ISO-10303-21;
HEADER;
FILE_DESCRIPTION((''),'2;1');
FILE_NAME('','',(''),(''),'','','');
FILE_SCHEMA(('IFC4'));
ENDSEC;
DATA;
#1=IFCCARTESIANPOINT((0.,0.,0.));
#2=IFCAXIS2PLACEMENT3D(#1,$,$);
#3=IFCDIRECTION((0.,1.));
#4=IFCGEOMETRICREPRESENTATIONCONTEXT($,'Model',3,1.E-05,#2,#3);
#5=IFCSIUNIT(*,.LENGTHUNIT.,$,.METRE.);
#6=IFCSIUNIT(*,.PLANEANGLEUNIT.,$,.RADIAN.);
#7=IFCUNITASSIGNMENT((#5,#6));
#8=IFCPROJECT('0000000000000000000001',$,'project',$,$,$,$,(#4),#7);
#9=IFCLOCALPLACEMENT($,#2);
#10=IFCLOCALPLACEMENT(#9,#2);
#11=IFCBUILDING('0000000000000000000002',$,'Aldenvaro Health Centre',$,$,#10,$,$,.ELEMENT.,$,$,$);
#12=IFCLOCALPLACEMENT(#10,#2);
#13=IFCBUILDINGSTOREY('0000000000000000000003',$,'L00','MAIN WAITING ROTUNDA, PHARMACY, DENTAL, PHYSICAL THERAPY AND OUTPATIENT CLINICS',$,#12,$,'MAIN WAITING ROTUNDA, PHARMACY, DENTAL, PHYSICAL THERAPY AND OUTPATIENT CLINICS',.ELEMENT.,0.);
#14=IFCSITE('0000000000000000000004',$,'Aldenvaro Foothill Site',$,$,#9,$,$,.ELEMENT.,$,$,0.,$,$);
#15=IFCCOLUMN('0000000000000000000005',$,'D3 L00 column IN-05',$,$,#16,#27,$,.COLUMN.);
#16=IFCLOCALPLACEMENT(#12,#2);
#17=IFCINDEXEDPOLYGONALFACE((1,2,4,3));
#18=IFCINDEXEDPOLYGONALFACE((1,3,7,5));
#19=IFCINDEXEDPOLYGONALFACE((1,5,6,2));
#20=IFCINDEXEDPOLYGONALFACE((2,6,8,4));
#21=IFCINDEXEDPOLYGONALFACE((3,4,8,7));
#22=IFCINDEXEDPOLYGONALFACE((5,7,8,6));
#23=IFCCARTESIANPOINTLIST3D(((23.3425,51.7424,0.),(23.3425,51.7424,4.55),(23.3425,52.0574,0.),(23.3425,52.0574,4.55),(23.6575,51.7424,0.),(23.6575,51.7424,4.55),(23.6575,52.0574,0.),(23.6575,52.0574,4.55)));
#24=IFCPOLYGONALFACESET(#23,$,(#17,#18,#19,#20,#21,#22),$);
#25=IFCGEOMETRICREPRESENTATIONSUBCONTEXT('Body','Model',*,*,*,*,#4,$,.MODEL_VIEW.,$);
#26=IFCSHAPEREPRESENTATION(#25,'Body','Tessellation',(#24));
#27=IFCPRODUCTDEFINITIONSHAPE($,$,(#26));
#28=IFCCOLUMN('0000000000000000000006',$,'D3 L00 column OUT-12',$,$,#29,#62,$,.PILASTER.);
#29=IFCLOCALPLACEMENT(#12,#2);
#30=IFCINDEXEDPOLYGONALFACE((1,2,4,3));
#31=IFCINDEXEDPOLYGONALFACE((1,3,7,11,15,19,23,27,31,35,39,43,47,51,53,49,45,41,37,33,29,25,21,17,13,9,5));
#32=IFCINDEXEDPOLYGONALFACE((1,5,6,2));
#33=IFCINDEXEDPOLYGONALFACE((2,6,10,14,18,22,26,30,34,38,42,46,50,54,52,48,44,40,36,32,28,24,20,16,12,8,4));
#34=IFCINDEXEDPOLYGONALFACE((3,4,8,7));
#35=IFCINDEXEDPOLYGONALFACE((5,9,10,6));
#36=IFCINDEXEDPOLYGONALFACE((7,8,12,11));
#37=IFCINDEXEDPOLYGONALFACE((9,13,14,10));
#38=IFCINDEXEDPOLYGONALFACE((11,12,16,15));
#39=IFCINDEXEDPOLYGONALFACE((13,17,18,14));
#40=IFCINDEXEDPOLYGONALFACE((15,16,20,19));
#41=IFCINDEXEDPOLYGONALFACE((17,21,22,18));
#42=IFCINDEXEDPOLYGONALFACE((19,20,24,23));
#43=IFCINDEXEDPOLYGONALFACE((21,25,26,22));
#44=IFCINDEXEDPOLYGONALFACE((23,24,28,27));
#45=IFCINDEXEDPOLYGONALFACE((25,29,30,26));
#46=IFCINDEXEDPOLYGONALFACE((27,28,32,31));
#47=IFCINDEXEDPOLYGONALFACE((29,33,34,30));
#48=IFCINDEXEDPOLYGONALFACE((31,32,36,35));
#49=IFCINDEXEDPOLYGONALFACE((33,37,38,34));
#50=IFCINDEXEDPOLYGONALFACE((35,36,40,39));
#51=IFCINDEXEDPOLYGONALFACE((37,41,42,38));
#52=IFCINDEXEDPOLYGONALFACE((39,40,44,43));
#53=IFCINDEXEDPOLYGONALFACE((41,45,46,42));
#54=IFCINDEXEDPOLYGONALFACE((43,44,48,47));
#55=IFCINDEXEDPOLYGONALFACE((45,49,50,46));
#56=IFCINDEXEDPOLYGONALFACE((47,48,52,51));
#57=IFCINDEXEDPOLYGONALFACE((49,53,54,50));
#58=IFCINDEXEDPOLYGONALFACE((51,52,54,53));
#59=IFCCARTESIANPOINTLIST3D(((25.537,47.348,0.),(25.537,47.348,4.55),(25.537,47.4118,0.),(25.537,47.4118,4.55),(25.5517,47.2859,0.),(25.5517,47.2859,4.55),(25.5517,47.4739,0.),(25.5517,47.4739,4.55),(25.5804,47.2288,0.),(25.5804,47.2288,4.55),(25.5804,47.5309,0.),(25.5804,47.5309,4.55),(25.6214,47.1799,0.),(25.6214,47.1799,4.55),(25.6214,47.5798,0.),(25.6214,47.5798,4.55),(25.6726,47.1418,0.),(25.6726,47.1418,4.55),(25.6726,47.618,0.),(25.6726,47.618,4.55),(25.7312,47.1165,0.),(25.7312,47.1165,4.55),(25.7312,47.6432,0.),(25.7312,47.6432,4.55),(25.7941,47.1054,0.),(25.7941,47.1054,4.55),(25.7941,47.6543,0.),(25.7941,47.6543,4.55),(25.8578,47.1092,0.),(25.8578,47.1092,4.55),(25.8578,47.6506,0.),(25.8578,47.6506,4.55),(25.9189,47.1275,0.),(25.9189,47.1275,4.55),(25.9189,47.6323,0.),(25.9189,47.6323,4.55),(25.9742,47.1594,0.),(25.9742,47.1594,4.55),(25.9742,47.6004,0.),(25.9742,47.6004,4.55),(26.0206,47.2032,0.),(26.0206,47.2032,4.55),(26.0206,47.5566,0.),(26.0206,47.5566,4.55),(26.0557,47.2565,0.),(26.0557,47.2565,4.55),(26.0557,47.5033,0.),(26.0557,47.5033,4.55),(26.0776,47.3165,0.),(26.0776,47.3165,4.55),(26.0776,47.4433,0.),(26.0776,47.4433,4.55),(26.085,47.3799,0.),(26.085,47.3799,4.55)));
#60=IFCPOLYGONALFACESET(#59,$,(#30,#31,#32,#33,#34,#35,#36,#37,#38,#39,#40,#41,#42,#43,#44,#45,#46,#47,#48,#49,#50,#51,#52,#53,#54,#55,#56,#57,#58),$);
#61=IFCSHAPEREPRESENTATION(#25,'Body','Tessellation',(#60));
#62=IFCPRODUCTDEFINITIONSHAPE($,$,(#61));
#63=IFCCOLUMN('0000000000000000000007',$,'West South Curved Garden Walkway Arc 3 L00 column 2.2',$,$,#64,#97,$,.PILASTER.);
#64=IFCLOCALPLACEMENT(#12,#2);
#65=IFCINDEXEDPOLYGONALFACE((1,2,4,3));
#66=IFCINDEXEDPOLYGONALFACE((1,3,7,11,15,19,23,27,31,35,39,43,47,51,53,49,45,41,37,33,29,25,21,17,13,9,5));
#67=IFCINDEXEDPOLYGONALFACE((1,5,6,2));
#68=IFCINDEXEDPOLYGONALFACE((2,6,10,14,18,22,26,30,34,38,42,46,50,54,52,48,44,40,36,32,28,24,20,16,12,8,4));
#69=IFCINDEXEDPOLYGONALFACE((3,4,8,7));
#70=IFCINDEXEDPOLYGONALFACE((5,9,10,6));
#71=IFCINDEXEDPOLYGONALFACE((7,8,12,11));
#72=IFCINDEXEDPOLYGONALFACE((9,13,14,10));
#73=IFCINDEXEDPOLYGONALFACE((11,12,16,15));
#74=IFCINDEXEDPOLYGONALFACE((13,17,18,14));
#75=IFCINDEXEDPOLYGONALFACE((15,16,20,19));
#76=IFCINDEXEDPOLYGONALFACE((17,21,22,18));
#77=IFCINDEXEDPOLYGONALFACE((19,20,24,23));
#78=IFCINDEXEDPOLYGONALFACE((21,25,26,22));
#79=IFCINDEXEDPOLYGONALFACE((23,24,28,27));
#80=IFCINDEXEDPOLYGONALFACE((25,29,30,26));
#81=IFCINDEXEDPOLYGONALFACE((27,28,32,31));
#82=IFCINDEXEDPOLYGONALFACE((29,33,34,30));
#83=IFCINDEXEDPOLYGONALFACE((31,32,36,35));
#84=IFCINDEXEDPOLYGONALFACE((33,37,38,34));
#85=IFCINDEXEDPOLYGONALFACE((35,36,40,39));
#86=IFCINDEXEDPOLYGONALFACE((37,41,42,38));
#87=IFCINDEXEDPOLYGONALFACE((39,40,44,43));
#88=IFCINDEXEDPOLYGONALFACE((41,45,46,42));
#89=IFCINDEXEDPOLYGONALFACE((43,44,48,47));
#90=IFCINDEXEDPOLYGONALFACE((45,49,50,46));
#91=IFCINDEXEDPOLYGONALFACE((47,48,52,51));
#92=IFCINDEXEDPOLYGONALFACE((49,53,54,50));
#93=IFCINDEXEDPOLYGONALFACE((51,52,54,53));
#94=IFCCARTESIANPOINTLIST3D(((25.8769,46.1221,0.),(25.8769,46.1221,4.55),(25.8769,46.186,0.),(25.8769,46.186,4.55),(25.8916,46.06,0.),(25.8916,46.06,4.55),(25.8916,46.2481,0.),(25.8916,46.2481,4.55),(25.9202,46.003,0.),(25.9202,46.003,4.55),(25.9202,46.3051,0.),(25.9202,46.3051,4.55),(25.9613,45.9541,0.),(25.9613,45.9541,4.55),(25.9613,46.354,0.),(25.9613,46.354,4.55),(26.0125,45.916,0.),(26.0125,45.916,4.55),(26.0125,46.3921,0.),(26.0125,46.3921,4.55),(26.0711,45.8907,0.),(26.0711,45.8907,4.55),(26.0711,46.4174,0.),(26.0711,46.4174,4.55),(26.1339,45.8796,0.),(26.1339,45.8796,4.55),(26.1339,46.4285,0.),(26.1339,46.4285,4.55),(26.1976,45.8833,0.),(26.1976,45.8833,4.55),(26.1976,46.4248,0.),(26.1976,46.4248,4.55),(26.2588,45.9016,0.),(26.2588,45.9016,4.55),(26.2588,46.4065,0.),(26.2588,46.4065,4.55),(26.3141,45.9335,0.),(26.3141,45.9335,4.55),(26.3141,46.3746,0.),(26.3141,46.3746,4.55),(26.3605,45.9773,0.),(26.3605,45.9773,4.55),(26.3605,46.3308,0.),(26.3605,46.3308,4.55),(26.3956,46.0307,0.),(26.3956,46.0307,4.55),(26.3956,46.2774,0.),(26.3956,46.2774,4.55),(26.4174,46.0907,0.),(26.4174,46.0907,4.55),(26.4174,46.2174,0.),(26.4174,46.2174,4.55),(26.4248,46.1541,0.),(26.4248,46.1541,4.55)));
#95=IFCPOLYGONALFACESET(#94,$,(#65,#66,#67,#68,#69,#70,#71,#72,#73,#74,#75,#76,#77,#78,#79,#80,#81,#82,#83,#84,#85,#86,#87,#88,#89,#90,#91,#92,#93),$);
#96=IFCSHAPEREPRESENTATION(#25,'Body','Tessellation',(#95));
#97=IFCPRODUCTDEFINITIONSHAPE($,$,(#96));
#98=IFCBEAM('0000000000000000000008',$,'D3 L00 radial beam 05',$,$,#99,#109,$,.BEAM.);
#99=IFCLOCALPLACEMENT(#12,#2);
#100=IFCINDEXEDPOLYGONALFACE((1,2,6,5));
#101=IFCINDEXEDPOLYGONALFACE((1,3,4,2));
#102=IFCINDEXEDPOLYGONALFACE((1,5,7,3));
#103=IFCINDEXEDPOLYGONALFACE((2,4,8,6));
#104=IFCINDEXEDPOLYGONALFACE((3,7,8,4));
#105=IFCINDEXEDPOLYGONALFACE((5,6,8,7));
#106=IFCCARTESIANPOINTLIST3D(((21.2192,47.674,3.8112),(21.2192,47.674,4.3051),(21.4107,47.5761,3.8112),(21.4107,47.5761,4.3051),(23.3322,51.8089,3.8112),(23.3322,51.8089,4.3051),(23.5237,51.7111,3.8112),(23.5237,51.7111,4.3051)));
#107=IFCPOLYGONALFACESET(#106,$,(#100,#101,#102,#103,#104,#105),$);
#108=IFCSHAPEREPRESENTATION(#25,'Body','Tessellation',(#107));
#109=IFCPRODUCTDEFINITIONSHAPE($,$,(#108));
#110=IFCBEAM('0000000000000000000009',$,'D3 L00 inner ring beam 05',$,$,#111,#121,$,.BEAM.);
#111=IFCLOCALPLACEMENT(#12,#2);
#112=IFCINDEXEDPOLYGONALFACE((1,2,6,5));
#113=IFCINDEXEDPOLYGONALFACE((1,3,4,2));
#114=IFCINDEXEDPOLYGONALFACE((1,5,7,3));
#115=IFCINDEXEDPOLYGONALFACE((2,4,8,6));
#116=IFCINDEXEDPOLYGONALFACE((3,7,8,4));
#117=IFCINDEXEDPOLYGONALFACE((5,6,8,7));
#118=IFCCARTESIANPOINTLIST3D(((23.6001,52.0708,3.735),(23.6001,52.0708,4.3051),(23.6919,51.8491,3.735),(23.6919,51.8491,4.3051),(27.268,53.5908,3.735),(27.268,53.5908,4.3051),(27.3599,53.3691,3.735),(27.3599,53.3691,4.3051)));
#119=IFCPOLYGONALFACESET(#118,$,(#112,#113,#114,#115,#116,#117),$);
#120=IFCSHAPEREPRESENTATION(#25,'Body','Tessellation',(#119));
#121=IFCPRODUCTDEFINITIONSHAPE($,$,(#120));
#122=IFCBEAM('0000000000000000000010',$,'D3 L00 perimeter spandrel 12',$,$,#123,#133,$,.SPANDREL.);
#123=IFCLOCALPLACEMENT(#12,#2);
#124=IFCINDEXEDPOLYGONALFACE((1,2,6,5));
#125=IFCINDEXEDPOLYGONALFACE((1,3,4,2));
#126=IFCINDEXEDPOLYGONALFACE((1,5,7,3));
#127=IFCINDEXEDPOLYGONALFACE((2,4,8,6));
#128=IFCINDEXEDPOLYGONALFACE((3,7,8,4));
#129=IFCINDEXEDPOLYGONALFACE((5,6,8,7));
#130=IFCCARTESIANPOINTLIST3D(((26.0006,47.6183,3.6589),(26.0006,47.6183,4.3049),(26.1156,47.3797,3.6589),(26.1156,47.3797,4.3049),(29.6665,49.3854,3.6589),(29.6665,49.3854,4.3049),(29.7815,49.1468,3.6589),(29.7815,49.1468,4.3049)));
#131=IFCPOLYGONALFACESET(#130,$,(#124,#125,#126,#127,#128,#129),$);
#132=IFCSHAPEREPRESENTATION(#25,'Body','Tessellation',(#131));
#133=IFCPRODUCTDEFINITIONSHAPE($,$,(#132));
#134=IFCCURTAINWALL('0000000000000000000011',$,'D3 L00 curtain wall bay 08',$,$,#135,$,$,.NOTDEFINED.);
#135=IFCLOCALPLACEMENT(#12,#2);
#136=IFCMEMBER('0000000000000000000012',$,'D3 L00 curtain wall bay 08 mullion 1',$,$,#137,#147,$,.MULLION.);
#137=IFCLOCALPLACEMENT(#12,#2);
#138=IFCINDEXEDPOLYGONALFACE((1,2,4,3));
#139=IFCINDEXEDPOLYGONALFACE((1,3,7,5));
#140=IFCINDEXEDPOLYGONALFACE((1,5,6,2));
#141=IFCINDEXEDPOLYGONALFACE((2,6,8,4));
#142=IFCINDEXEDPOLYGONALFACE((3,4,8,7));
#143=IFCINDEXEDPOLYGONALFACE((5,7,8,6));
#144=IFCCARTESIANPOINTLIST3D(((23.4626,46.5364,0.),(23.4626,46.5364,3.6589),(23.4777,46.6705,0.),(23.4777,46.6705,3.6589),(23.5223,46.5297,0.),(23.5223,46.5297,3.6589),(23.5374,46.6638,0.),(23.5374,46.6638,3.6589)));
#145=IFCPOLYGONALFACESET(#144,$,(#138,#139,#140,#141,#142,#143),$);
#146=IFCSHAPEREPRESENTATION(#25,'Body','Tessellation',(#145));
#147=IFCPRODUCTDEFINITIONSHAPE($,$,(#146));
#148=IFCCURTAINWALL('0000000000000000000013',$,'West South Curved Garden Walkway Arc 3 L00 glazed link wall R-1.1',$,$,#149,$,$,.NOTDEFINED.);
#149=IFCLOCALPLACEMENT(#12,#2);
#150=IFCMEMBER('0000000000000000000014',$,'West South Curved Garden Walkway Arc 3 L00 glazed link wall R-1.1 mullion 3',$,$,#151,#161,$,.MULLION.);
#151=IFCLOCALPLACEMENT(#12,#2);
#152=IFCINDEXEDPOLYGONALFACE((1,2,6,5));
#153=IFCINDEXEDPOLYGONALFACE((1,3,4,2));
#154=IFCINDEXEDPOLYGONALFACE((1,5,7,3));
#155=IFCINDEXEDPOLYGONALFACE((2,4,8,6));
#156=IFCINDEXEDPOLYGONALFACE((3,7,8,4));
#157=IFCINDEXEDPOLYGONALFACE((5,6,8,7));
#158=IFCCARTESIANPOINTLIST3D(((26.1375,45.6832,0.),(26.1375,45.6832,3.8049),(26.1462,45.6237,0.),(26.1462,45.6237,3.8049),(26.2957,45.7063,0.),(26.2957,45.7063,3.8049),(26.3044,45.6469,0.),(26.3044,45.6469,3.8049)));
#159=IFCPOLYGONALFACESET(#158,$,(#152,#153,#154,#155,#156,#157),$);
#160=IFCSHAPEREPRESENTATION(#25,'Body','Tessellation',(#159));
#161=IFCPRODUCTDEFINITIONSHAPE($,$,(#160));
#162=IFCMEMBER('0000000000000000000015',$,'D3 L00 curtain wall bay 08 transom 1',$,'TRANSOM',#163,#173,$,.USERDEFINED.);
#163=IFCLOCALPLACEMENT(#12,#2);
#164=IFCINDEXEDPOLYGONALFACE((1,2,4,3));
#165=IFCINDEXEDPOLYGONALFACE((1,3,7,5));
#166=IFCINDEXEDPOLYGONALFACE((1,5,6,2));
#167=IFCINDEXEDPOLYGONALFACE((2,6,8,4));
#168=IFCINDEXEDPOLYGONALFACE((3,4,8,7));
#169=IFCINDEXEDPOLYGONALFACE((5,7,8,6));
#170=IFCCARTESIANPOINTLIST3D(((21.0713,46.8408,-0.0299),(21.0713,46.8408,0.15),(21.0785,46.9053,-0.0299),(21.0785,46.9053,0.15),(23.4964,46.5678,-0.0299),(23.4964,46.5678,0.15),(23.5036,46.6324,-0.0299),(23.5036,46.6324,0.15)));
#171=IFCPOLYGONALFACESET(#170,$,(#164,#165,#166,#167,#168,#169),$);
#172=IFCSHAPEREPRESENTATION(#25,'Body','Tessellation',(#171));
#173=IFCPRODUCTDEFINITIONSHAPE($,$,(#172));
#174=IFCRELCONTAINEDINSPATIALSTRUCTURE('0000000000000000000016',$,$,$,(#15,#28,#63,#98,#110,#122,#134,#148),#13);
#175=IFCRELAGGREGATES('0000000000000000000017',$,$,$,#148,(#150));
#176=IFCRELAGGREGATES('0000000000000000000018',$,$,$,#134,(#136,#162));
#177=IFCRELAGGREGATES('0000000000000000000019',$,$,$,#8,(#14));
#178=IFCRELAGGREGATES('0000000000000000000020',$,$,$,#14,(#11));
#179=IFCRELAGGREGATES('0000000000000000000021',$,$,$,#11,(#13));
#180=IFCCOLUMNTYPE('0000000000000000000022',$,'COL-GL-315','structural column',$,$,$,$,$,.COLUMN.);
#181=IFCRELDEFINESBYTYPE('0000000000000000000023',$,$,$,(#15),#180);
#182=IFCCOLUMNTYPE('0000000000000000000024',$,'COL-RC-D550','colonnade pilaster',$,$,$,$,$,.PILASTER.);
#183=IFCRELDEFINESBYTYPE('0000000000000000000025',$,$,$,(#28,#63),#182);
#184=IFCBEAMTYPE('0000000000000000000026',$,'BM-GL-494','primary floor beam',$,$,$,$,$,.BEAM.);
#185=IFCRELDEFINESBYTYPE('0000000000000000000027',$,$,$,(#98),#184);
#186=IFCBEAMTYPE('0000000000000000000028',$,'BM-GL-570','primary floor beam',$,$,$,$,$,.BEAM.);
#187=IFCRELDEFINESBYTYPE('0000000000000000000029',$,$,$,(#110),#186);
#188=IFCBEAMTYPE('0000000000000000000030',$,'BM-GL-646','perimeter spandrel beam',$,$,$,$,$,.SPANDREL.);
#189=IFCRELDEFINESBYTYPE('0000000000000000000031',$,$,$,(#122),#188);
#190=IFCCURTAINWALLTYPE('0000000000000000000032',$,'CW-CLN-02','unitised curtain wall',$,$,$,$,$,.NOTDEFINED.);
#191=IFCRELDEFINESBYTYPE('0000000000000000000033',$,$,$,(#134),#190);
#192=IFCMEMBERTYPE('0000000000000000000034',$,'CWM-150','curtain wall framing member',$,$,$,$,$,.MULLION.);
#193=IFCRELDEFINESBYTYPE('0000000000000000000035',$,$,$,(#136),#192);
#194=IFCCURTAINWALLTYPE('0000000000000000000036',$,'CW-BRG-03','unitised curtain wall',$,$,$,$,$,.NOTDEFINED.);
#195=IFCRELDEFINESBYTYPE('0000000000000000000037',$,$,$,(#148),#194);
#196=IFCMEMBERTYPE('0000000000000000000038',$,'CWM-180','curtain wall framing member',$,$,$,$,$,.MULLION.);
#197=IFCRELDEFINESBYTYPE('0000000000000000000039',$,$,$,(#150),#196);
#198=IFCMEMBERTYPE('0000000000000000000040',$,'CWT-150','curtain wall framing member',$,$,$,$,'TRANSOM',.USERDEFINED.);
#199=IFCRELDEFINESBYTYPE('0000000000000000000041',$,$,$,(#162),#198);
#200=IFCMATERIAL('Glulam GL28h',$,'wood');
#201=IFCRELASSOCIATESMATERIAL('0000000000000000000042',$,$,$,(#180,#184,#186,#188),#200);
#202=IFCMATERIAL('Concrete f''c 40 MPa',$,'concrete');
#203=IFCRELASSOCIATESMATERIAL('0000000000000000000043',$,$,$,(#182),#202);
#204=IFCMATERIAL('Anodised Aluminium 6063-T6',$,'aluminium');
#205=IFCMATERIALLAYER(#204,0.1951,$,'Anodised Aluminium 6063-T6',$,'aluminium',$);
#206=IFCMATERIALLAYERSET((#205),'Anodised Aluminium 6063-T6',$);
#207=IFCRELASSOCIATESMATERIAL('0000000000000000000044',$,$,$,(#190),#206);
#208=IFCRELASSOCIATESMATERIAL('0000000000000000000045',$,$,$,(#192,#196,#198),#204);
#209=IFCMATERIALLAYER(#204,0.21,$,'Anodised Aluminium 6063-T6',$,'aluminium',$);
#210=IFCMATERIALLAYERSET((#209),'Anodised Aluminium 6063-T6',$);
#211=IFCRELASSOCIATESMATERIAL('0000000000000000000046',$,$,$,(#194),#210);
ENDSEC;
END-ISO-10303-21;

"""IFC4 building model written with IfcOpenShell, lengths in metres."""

from ifc_helpers import new_model, si_unit, direction, frame, origin, origin_2d, place, context, subcontext, project, spatial, rectangle, circle, extrude, material, layer, layer_set, material_profile, profile_set, type_object, element, aggregate, save


model = new_model("IFC4")

# Units and contexts
model_context = context("Model", 3, precision=1e-05, world=origin(), true_north=direction((0.0, 1.0)))
body_context = subcontext(model_context, "Body", "Model", "MODEL_VIEW")
ifc_project = project(units=[si_unit("LENGTHUNIT", "METRE"), si_unit("PLANEANGLEUNIT", "RADIAN")], contexts=[model_context])

# Site, building, storey
site_placement = place(None, origin())
site = spatial("IfcSite", under=ifc_project, at=site_placement, Name="Aldenvaro Foothill Site", CompositionType="ELEMENT", RefElevation=0.0)
building_placement = place(site_placement, origin())
building = spatial("IfcBuilding", under=site, at=building_placement, Name="Aldenvaro Health Centre", CompositionType="ELEMENT")
storey_placement = place(building_placement, origin())
storey = spatial("IfcBuildingStorey", under=building, at=storey_placement, Name="L00", Description="MAIN WAITING ROTUNDA, PHARMACY, DENTAL, PHYSICAL THERAPY AND OUTPATIENT CLINICS", LongName="MAIN WAITING ROTUNDA, PHARMACY, DENTAL, PHYSICAL THERAPY AND OUTPATIENT CLINICS", CompositionType="ELEMENT", Elevation=0.0)

# Columns
ifc_material_1 = material(Name="Glulam GL28h", Category="wood")
ifc_material_profile_1 = material_profile(ifc_material_1, rectangle(XDim=0.3149, YDim=0.3149, at=origin_2d()), Name="GL 315x315", Category="wood")
ifc_profile_set_1 = profile_set([ifc_material_profile_1], Name="Glulam GL28h")
column_type_1 = type_object("IfcColumnType", Name="COL-GL-315", Description="structural column", PredefinedType="COLUMN", material=ifc_profile_set_1)
column_placement = place(storey_placement, frame((23.5, 51.8999, 0.0), z_axis=(0.0, 0.0, 1.0), x_axis=(1.0, 0.0, 0.0)))
element("IfcColumn", 1, at=column_placement, inside=storey, type_object=column_type_1, Name="D3 L00 column IN-05", PredefinedType="COLUMN", context=body_context, shape_type="SweptSolid", body=[
    extrude(rectangle(XDim=0.3149, YDim=0.3149, at=origin_2d()), origin(), (0.0, 0.0, 1.0), 4.55),
])
ifc_material_2 = material(Name="Concrete f'c 40 MPa", Category="concrete")
ifc_material_profile_2 = material_profile(ifc_material_2, circle(Radius=0.2749, at=origin_2d()), Name="RC D550", Category="concrete")
ifc_profile_set_2 = profile_set([ifc_material_profile_2], Name="Concrete f'c 40 MPa")
column_type_2 = type_object("IfcColumnType", Name="COL-RC-D550", Description="colonnade pilaster", PredefinedType="PILASTER", material=ifc_profile_set_2)
for number, where, z_axis, x_axis, name in (
    (2, (25.8101, 47.3799, 0.0), (0.0, 0.0, 1.0), (1.0, 0.0, 0.0), "D3 L00 column OUT-12"),
    (3, (26.1499, 46.1541, 0.0), (0.0, 0.0, 1.0), (1.0, 0.0, 0.0), "West South Curved Garden Walkway Arc 3 L00 column 2.2"),
):
    element("IfcColumn", number, at=place(storey_placement, frame(where, z_axis=z_axis, x_axis=x_axis)), inside=storey, type_object=column_type_2, Name=name, PredefinedType="PILASTER", context=body_context, shape_type="SweptSolid", body=[
        extrude(circle(Radius=0.2749, at=origin_2d()), origin(), (0.0, 0.0, 1.0), 4.55),
    ])

# Beams
ifc_material_profile_3 = material_profile(ifc_material_1, rectangle(XDim=0.2151, YDim=0.4939, at=origin_2d()), Name="GL 215x494", Category="wood")
ifc_profile_set_3 = profile_set([ifc_material_profile_3], Name="Glulam GL28h")
beam_type_1 = type_object("IfcBeamType", Name="BM-GL-494", Description="primary floor beam", PredefinedType="BEAM", material=ifc_profile_set_3)
beam_1_placement = place(storey_placement, frame((23.428, 51.76, 4.0581), z_axis=(-0.455041, -0.890471, 0.0), x_axis=(0.890471, -0.455041, 0.0)))
element("IfcBeam", 4, at=beam_1_placement, inside=storey, type_object=beam_type_1, Name="D3 L00 radial beam 05", PredefinedType="BEAM", context=body_context, shape_type="SweptSolid", body=[
    extrude(rectangle(XDim=0.2151, YDim=0.4939, at=origin_2d()), origin(), (0.0, 0.0, 1.0), 4.6436),
])
ifc_material_profile_4 = material_profile(ifc_material_1, rectangle(XDim=0.24, YDim=0.5701, at=origin_2d()), Name="GL 240x570", Category="wood")
ifc_profile_set_4 = profile_set([ifc_material_profile_4], Name="Glulam GL28h")
beam_type_2 = type_object("IfcBeamType", Name="BM-GL-570", Description="primary floor beam", PredefinedType="BEAM", material=ifc_profile_set_4)
beam_2_placement = place(storey_placement, frame((23.646, 51.96, 4.02), z_axis=(0.923817, 0.382833, 0.0), x_axis=(-0.382833, 0.923817, 0.0)))
element("IfcBeam", 5, at=beam_2_placement, inside=storey, type_object=beam_type_2, Name="D3 L00 inner ring beam 05", PredefinedType="BEAM", context=body_context, shape_type="SweptSolid", body=[
    extrude(rectangle(XDim=0.24, YDim=0.5701, at=origin_2d()), origin(), (0.0, 0.0, 1.0), 3.9705),
])
ifc_material_profile_5 = material_profile(ifc_material_1, rectangle(XDim=0.2649, YDim=0.646, at=origin_2d()), Name="GL 265x646", Category="wood")
ifc_profile_set_5 = profile_set([ifc_material_profile_5], Name="Glulam GL28h")
beam_type_3 = type_object("IfcBeamType", Name="BM-GL-646", Description="perimeter spandrel beam", PredefinedType="SPANDREL", material=ifc_profile_set_5)
beam_3_placement = place(storey_placement, frame((26.0581, 47.499, 3.9819), z_axis=(0.900812, 0.434209, 0.0), x_axis=(-0.434209, 0.900812, 0.0)))
element("IfcBeam", 6, at=beam_3_placement, inside=storey, type_object=beam_type_3, Name="D3 L00 perimeter spandrel 12", PredefinedType="SPANDREL", context=body_context, shape_type="SweptSolid", body=[
    extrude(rectangle(XDim=0.2649, YDim=0.646, at=origin_2d()), origin(), (0.0, 0.0, 1.0), 4.0696),
])

# Curtain walls, members
ifc_material_3 = material(Name="Anodised Aluminium 6063-T6", Category="aluminium")
ifc_layer_1 = layer(ifc_material_3, 0.1951, Name="Anodised Aluminium 6063-T6", Category="aluminium")
ifc_layer_set_1 = layer_set([ifc_layer_1], Name="Anodised Aluminium 6063-T6")
curtain_wall_type_1 = type_object("IfcCurtainWallType", Name="CW-CLN-02", Description="unitised curtain wall", PredefinedType="NOTDEFINED", material=ifc_layer_set_1)
curtain_wall_1_placement = place(storey_placement, origin())
curtain_wall_1 = element("IfcCurtainWall", 7, at=curtain_wall_1_placement, inside=storey, type_object=curtain_wall_type_1, Name="D3 L00 curtain wall bay 08", PredefinedType="NOTDEFINED")
ifc_material_profile_6 = material_profile(ifc_material_3, rectangle(XDim=0.0601, YDim=0.135, at=origin_2d()), Name="ALU 60x135", Category="aluminium")
ifc_profile_set_6 = profile_set([ifc_material_profile_6], Name="Anodised Aluminium 6063-T6")
member_type_1 = type_object("IfcMemberType", Name="CWM-150", Description="curtain wall framing member", PredefinedType="MULLION", material=ifc_profile_set_6)
member_1_placement = place(storey_placement, frame((23.5, 46.6001, 0.0), z_axis=(0.0, 0.0, 1.0), x_axis=(-0.993723, 0.111871, 0.0)))
member_1 = element("IfcMember", 8, at=member_1_placement, type_object=member_type_1, Name="D3 L00 curtain wall bay 08 mullion 1", PredefinedType="MULLION", context=body_context, shape_type="SweptSolid", body=[
    extrude(rectangle(XDim=0.0601, YDim=0.135, at=origin_2d()), origin(), (0.0, 0.0, 1.0), 3.6589),
])
ifc_layer_2 = layer(ifc_material_3, 0.21, Name="Anodised Aluminium 6063-T6", Category="aluminium")
ifc_layer_set_2 = layer_set([ifc_layer_2], Name="Anodised Aluminium 6063-T6")
curtain_wall_type_2 = type_object("IfcCurtainWallType", Name="CW-BRG-03", Description="unitised curtain wall", PredefinedType="NOTDEFINED", material=ifc_layer_set_2)
curtain_wall_2_placement = place(storey_placement, origin())
curtain_wall_2 = element("IfcCurtainWall", 9, at=curtain_wall_2_placement, inside=storey, type_object=curtain_wall_type_2, Name="West South Curved Garden Walkway Arc 3 L00 glazed link wall R-1.1", PredefinedType="NOTDEFINED")
ifc_material_profile_7 = material_profile(ifc_material_3, rectangle(XDim=0.0601, YDim=0.1599, at=origin_2d()), Name="ALU 60x160", Category="aluminium")
ifc_profile_set_7 = profile_set([ifc_material_profile_7], Name="Anodised Aluminium 6063-T6")
member_type_2 = type_object("IfcMemberType", Name="CWM-180", Description="curtain wall framing member", PredefinedType="MULLION", material=ifc_profile_set_7)
member_2_placement = place(storey_placement, frame((26.2209, 45.665, 0.0), z_axis=(0.0, 0.0, 1.0), x_axis=(-0.14498, 0.989435, 0.0)))
member_2 = element("IfcMember", 10, at=member_2_placement, type_object=member_type_2, Name="West South Curved Garden Walkway Arc 3 L00 glazed link wall R-1.1 mullion 3", PredefinedType="MULLION", context=body_context, shape_type="SweptSolid", body=[
    extrude(rectangle(XDim=0.0601, YDim=0.1599, at=origin_2d()), origin(), (0.0, 0.0, 1.0), 3.8049),
])
aggregate(curtain_wall_2, [member_2])

# Member
ifc_material_profile_8 = material_profile(ifc_material_3, rectangle(XDim=0.0649, YDim=0.1799, at=origin_2d()), Name="ALU 65x180", Category="aluminium")
ifc_profile_set_8 = profile_set([ifc_material_profile_8], Name="Anodised Aluminium 6063-T6")
member_type_3 = type_object("IfcMemberType", Name="CWT-150", Description="curtain wall framing member", ElementType="TRANSOM", PredefinedType="USERDEFINED", material=ifc_profile_set_8)
member_3_placement = place(storey_placement, frame((23.5, 46.6001, 0.0601), z_axis=(-0.993725, 0.111848, 0.0), x_axis=(-0.111848, -0.993725, 0.0)))
member_3 = element("IfcMember", 11, at=member_3_placement, type_object=member_type_3, Name="D3 L00 curtain wall bay 08 transom 1", ObjectType="TRANSOM", PredefinedType="USERDEFINED", context=body_context, shape_type="SweptSolid", body=[
    extrude(rectangle(XDim=0.0649, YDim=0.1799, at=origin_2d()), origin(), (0.0, 0.0, 1.0), 2.4404),
])

aggregate(curtain_wall_1, [member_1, member_3])

save(model, "model.ifc")
